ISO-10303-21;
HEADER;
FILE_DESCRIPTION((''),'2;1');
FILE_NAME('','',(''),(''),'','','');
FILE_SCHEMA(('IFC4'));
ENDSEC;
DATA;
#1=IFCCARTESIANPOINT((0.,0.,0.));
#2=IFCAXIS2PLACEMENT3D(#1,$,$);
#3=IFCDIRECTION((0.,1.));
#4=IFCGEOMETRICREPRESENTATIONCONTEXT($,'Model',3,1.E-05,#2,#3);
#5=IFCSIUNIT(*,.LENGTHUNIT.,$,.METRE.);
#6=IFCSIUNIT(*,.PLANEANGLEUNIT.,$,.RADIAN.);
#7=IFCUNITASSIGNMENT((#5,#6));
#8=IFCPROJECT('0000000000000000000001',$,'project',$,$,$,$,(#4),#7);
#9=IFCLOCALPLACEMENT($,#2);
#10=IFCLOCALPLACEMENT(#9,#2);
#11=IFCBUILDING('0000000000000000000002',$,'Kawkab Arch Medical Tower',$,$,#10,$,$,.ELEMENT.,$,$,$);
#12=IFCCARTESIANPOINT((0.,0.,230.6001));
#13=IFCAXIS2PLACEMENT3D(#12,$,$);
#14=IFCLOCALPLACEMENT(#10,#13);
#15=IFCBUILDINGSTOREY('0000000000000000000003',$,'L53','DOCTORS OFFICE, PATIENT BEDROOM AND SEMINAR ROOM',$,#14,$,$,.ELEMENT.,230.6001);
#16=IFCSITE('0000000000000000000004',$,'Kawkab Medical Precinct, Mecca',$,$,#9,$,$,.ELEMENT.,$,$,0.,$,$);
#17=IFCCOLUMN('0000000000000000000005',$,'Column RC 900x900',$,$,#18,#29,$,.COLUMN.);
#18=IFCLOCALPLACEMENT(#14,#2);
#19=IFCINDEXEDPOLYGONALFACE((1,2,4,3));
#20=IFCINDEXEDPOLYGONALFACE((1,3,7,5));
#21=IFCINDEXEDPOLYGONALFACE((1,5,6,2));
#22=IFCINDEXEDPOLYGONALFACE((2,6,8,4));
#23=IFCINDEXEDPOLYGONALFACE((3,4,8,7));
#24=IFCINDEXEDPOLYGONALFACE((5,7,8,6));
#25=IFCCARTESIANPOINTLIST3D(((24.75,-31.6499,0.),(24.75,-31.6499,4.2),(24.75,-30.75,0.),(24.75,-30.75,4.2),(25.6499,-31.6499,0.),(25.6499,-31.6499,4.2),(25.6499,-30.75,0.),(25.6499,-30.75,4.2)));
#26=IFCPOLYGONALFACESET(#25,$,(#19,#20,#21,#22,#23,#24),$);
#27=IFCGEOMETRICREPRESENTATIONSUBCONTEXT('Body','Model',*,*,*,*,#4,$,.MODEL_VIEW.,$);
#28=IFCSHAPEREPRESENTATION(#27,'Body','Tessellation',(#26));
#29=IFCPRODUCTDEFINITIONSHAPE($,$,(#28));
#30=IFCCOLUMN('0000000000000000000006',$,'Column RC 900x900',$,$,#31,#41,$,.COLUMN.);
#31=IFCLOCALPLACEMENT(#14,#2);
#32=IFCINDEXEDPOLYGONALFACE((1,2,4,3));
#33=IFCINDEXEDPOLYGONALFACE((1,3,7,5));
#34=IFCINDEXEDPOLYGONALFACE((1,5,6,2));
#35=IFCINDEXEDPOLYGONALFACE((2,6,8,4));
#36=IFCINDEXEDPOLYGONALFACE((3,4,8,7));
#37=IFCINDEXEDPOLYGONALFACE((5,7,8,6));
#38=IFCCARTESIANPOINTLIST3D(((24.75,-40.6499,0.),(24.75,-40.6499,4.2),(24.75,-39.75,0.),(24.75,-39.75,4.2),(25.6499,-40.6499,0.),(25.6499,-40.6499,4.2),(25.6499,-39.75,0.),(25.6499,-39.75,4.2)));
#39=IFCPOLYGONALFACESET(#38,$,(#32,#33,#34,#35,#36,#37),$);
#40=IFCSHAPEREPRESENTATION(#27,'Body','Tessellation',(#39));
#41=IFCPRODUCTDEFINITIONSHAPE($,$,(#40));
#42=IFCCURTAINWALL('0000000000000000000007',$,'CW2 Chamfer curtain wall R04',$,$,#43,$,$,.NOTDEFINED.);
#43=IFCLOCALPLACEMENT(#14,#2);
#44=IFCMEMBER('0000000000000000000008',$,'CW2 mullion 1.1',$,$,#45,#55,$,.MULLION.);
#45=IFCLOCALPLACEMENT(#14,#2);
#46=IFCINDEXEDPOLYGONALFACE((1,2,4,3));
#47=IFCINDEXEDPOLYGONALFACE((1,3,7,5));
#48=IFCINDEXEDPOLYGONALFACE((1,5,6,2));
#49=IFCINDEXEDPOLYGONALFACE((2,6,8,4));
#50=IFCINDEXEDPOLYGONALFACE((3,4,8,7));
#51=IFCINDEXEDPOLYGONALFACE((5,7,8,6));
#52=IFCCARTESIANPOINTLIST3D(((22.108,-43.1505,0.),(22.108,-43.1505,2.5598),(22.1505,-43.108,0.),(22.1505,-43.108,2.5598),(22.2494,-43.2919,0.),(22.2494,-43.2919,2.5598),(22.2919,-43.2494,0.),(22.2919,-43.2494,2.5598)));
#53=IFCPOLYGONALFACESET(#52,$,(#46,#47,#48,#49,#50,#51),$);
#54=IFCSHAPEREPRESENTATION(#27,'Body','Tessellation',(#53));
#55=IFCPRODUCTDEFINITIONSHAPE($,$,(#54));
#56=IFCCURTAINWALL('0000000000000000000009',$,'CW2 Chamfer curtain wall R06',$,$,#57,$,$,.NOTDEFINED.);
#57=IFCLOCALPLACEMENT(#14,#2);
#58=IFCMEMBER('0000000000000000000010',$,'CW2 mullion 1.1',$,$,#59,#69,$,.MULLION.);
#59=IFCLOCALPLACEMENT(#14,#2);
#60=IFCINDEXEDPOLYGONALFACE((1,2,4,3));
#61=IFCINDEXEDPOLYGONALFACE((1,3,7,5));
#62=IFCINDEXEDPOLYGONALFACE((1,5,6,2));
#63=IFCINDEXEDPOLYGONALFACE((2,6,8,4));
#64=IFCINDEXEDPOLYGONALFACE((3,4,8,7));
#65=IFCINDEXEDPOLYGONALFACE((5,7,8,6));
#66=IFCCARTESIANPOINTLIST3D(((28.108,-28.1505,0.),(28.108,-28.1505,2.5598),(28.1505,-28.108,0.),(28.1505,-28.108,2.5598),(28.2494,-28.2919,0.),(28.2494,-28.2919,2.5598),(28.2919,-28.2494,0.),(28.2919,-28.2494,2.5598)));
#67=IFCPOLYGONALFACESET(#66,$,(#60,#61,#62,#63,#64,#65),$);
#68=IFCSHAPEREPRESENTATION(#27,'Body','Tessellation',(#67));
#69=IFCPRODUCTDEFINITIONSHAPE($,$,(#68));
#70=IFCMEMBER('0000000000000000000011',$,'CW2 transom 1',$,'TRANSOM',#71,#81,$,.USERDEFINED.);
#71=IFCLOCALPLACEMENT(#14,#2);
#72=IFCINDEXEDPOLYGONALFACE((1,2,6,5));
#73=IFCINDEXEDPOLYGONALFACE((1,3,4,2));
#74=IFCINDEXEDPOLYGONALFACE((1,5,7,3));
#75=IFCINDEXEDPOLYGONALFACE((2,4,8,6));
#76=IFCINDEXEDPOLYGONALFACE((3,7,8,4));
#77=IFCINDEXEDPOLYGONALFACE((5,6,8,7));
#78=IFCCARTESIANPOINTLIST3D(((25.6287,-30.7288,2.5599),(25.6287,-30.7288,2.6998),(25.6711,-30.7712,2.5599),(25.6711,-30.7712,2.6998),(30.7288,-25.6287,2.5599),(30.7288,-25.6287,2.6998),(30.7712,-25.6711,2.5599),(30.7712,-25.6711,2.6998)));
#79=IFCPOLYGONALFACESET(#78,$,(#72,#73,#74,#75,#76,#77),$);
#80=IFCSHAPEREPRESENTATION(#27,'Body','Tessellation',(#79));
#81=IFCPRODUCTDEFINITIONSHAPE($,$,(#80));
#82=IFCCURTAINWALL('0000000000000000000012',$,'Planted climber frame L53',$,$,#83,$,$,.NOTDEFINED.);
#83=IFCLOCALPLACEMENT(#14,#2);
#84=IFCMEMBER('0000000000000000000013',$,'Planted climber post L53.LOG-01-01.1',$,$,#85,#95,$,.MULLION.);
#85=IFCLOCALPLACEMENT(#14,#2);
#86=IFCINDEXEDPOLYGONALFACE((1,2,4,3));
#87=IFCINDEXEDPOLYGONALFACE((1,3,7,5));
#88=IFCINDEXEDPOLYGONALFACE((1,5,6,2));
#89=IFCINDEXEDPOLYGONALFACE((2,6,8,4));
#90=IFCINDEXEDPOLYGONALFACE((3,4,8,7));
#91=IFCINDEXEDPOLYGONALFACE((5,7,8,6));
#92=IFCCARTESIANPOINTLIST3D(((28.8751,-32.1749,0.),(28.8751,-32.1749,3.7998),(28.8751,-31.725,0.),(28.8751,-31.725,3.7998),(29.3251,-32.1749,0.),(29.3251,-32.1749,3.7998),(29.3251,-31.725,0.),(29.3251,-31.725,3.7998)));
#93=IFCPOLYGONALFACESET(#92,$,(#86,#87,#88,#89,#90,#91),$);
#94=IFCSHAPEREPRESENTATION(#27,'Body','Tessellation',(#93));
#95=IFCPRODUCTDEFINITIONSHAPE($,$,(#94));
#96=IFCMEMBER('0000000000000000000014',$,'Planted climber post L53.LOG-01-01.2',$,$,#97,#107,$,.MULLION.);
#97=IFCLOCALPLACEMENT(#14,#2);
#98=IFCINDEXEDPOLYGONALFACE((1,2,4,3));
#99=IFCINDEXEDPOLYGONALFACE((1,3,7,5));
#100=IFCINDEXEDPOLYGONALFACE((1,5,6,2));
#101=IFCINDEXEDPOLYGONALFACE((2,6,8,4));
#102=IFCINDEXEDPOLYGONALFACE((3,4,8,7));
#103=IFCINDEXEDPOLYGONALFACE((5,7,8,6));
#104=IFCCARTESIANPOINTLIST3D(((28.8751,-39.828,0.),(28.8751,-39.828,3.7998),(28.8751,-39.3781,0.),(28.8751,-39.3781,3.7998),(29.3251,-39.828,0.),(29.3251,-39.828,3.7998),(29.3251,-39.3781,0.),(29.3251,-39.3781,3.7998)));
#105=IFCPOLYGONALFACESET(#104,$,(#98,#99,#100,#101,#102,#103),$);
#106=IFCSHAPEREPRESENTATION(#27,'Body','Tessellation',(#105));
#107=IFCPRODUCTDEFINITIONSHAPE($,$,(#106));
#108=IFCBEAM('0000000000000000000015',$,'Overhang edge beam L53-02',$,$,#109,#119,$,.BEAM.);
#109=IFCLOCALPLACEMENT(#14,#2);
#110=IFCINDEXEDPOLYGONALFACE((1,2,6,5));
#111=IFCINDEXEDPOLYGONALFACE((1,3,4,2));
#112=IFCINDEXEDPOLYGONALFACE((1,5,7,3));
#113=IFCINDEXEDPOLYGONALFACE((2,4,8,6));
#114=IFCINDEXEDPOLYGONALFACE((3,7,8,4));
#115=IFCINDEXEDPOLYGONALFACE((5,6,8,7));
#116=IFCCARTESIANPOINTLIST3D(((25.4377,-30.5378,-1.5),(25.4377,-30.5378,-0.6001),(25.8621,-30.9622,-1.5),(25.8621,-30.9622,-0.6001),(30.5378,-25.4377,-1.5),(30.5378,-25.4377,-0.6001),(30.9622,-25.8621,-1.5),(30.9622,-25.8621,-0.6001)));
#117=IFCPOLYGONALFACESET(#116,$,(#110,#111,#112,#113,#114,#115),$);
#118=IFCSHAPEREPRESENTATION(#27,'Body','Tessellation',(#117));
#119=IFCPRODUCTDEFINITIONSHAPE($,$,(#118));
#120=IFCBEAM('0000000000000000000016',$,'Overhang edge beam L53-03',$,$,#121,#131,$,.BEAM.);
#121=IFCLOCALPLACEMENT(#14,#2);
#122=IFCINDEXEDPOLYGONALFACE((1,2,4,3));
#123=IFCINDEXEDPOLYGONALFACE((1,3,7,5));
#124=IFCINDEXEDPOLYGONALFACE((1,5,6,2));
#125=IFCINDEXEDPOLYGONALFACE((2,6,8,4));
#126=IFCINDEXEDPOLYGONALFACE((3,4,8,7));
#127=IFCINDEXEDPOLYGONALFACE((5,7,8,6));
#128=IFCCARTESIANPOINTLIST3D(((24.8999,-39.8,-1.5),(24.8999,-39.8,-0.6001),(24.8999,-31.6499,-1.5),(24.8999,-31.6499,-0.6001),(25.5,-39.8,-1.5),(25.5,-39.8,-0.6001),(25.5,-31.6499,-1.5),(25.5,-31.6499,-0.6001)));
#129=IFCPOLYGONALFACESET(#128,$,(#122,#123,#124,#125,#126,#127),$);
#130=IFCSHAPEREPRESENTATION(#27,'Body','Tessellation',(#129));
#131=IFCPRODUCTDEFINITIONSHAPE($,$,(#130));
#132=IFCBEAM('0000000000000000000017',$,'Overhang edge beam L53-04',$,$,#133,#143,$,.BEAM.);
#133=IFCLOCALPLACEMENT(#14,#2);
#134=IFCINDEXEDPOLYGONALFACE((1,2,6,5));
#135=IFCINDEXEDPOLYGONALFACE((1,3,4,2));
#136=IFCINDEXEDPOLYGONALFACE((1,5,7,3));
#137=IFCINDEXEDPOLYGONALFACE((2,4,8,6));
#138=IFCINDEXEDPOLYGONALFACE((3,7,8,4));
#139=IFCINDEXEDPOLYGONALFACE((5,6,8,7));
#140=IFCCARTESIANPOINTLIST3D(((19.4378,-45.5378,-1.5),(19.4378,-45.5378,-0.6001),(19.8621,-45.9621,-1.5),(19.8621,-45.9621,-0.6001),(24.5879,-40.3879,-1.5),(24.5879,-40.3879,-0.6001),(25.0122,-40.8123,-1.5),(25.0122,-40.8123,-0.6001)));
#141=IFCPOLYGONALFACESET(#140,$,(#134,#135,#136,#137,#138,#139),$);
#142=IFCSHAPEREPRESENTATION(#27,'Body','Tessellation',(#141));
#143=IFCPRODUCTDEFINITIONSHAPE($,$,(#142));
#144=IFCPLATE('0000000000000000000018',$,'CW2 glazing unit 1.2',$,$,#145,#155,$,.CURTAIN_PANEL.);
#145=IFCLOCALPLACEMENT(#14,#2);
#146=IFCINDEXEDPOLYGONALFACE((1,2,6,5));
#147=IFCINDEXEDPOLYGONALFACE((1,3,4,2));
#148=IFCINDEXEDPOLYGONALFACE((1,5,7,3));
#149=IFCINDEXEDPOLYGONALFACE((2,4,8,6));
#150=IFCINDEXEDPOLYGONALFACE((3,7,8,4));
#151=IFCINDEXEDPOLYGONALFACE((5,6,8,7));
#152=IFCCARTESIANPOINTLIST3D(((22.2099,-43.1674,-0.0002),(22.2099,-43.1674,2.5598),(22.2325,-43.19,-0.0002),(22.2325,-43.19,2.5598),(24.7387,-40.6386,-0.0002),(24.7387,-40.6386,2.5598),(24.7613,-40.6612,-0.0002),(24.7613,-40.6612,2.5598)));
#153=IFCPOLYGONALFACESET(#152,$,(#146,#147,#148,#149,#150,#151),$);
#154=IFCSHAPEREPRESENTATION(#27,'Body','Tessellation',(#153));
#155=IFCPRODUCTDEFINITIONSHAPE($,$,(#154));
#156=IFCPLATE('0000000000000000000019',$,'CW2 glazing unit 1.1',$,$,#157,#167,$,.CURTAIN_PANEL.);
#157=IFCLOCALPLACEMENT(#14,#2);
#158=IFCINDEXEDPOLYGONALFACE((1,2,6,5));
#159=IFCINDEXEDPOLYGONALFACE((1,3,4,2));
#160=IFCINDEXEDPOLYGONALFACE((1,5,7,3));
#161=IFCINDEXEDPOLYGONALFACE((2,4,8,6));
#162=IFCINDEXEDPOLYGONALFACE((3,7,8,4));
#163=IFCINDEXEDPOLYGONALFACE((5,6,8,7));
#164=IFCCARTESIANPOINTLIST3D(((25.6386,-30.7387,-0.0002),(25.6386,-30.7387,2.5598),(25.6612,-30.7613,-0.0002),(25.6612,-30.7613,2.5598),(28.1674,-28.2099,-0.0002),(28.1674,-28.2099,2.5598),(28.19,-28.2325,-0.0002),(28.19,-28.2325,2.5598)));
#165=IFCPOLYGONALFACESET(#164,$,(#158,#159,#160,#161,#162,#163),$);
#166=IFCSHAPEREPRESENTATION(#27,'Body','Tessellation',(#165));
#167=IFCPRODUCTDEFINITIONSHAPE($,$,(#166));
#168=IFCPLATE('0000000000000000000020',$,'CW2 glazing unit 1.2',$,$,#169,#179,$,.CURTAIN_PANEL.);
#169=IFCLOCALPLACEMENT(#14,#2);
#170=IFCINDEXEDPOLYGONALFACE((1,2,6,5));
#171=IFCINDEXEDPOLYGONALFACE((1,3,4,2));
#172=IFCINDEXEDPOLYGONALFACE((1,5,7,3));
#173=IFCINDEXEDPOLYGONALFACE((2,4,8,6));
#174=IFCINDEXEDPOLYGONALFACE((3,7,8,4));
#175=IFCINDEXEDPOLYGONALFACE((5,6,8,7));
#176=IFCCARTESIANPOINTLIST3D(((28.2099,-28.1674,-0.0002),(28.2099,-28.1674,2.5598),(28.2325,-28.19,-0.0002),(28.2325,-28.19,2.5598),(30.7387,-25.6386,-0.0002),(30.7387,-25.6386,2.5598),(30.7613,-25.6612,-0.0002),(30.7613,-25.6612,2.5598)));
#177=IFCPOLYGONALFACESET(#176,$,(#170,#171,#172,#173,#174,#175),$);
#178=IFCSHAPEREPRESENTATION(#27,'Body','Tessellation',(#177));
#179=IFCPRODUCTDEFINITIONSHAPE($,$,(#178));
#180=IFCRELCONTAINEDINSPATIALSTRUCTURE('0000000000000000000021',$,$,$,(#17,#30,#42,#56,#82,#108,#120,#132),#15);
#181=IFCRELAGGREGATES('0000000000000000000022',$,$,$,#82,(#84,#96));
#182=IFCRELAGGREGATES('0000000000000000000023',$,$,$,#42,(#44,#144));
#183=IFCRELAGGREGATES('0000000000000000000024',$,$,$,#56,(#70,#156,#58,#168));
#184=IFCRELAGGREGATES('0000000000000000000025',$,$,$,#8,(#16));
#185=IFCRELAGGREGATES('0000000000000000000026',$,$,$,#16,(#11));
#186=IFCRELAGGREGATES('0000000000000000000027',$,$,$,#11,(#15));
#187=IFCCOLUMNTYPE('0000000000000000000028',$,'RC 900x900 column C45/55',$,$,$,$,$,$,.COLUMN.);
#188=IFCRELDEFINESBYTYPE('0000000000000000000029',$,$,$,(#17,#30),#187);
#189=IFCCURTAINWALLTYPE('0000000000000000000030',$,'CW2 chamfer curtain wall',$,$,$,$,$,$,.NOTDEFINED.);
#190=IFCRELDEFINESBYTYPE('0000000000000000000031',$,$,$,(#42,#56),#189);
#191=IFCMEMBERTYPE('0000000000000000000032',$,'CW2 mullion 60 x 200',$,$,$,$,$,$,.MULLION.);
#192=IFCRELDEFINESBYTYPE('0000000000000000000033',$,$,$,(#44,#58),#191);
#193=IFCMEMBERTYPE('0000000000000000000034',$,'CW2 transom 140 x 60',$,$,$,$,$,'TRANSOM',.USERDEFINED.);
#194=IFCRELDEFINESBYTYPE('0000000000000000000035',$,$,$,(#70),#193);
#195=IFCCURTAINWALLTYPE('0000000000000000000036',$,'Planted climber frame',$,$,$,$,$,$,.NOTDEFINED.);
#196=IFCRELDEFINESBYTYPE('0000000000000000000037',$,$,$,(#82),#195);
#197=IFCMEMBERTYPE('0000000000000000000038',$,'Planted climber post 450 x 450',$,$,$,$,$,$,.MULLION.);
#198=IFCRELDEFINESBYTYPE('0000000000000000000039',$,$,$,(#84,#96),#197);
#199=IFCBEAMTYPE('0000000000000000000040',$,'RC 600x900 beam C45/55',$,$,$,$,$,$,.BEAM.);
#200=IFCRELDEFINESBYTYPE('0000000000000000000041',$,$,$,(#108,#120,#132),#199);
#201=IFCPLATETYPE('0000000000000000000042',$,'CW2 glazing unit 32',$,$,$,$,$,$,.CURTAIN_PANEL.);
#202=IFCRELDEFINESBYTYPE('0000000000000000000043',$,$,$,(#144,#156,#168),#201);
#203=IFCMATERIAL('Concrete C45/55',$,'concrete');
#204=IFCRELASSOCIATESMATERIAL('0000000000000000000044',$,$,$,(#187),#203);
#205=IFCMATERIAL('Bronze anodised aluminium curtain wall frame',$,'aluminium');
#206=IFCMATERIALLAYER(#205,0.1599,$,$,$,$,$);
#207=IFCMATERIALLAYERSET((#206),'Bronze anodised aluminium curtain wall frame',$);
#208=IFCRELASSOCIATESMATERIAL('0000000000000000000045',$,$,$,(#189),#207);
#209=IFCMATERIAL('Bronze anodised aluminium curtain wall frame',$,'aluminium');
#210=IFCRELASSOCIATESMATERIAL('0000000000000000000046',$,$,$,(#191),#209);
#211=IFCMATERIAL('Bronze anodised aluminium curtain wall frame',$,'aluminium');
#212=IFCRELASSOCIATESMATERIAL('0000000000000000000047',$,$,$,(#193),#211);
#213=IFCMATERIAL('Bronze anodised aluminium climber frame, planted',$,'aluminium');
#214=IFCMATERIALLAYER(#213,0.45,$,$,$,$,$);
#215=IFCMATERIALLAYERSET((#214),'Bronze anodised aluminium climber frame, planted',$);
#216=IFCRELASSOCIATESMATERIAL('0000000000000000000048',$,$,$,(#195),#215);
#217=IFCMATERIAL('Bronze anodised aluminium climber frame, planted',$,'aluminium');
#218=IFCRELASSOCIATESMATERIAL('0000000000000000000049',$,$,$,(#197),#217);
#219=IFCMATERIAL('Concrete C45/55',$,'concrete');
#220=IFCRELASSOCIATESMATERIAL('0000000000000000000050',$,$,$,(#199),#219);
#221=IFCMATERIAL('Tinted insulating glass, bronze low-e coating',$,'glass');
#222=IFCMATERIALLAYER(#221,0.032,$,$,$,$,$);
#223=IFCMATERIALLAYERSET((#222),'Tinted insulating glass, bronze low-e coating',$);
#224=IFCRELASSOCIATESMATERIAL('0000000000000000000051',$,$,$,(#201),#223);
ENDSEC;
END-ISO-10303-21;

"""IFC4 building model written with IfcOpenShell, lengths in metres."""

from ifc_helpers import new_model, si_unit, direction, frame, origin, origin_2d, place, context, subcontext, project, spatial, rectangle, extrude, material, layer, layer_set, material_profile, profile_set, type_object, element, aggregate, save


model = new_model("IFC4")

# Units and contexts
model_context = context("Model", 3, precision=1e-05, world=origin(), true_north=direction((0.0, 1.0)))
body_context = subcontext(model_context, "Body", "Model", "MODEL_VIEW")
ifc_project = project(units=[si_unit("LENGTHUNIT", "METRE"), si_unit("PLANEANGLEUNIT", "RADIAN")], contexts=[model_context])

# Site, building, storey
site_placement = place(None, origin())
site = spatial("IfcSite", under=ifc_project, at=site_placement, Name="Kawkab Medical Precinct, Mecca", CompositionType="ELEMENT", RefElevation=0.0)
building_placement = place(site_placement, origin())
building = spatial("IfcBuilding", under=site, at=building_placement, Name="Kawkab Arch Medical Tower", CompositionType="ELEMENT")
storey_placement = place(building_placement, frame((0.0, 0.0, 230.6001)))
storey = spatial("IfcBuildingStorey", under=building, at=storey_placement, Name="L53", Description="DOCTORS OFFICE, PATIENT BEDROOM AND SEMINAR ROOM", CompositionType="ELEMENT", Elevation=230.6001)

# Columns
ifc_material_1 = material(Name="Concrete C45/55", Category="concrete")
ifc_material_profile_1 = material_profile(ifc_material_1, rectangle(XDim=0.8999, YDim=0.8999, at=origin_2d()), Name="RC 900x900")
ifc_profile_set_1 = profile_set([ifc_material_profile_1], Name="Concrete C45/55")
column_type = type_object("IfcColumnType", Name="RC 900x900 column C45/55", PredefinedType="COLUMN", material=ifc_profile_set_1)
for number, where, z_axis, x_axis, name in (
    (1, (25.2, -31.2, 0.0), (0.0, 0.0, 1.0), (1.0, 0.0, 0.0), "Column RC 900x900"),
    (2, (25.2, -40.2, 0.0), (0.0, 0.0, 1.0), (1.0, 0.0, 0.0), "Column RC 900x900"),
):
    element("IfcColumn", number, at=place(storey_placement, frame(where, z_axis=z_axis, x_axis=x_axis)), inside=storey, type_object=column_type, Name=name, PredefinedType="COLUMN", context=body_context, shape_type="SweptSolid", body=[
        extrude(rectangle(XDim=0.8999, YDim=0.8999, at=origin_2d()), origin(), (0.0, 0.0, 1.0), 4.2),
    ])

# Curtain wall, member
ifc_material_2 = material(Name="Bronze anodised aluminium curtain wall frame", Category="aluminium")
ifc_layer_1 = layer(ifc_material_2, 0.1599)
ifc_layer_set_1 = layer_set([ifc_layer_1], Name="Bronze anodised aluminium curtain wall frame")
curtain_wall_type_1 = type_object("IfcCurtainWallType", Name="CW2 chamfer curtain wall", PredefinedType="NOTDEFINED", material=ifc_layer_set_1)
placement = place(storey_placement, origin())
curtain_wall_1 = element("IfcCurtainWall", 3, at=placement, inside=storey, type_object=curtain_wall_type_1, Name="CW2 Chamfer curtain wall R04", PredefinedType="NOTDEFINED")
ifc_material_3 = material(Name="Bronze anodised aluminium curtain wall frame", Category="aluminium")
ifc_material_profile_2 = material_profile(ifc_material_3, rectangle(XDim=0.2, YDim=0.0601, at=origin_2d()), Name="AL 60x200")
ifc_profile_set_2 = profile_set([ifc_material_profile_2], Name="Bronze anodised aluminium curtain wall frame")
member_type_1 = type_object("IfcMemberType", Name="CW2 mullion 60 x 200", PredefinedType="MULLION", material=ifc_profile_set_2)
member_1_placement = place(storey_placement, frame((22.2, -43.2, 0.0), z_axis=(0.0, 0.0, 1.0), x_axis=(-0.707107, 0.707107, 0.0)))
member_1 = element("IfcMember", 4, at=member_1_placement, type_object=member_type_1, Name="CW2 mullion 1.1", PredefinedType="MULLION", context=body_context, shape_type="SweptSolid", body=[
    extrude(rectangle(XDim=0.2, YDim=0.0601, at=origin_2d()), origin(), (0.0, 0.0, 1.0), 2.5598),
])

# Curtain walls, members
curtain_wall_2 = element("IfcCurtainWall", 5, at=placement, inside=storey, type_object=curtain_wall_type_1, Name="CW2 Chamfer curtain wall R06", PredefinedType="NOTDEFINED")
member_2_placement = place(storey_placement, frame((28.2, -28.2, 0.0), z_axis=(0.0, 0.0, 1.0), x_axis=(-0.707107, 0.707107, 0.0)))
member_2 = element("IfcMember", 6, at=member_2_placement, type_object=member_type_1, Name="CW2 mullion 1.1", PredefinedType="MULLION", context=body_context, shape_type="SweptSolid", body=[
    extrude(rectangle(XDim=0.2, YDim=0.0601, at=origin_2d()), origin(), (0.0, 0.0, 1.0), 2.5598),
])
ifc_material_4 = material(Name="Bronze anodised aluminium curtain wall frame", Category="aluminium")
ifc_material_profile_3 = material_profile(ifc_material_4, rectangle(XDim=0.0601, YDim=0.1399, at=origin_2d()), Name="AL 60x140")
ifc_profile_set_3 = profile_set([ifc_material_profile_3], Name="Bronze anodised aluminium curtain wall frame")
member_type_2 = type_object("IfcMemberType", Name="CW2 transom 140 x 60", ElementType="TRANSOM", PredefinedType="USERDEFINED", material=ifc_profile_set_3)
member_3_placement = place(storey_placement, frame((25.6499, -30.75, 2.6299), z_axis=(0.707107, 0.707107, 0.0), x_axis=(-0.707107, 0.707107, 0.0)))
member_3 = element("IfcMember", 7, at=member_3_placement, type_object=member_type_2, Name="CW2 transom 1", ObjectType="TRANSOM", PredefinedType="USERDEFINED", context=body_context, shape_type="SweptSolid", body=[
    extrude(rectangle(XDim=0.0601, YDim=0.1399, at=origin_2d()), origin(), (0.0, 0.0, 1.0), 7.2126),
])
ifc_material_5 = material(Name="Bronze anodised aluminium climber frame, planted", Category="aluminium")
ifc_layer_2 = layer(ifc_material_5, 0.45)
ifc_layer_set_2 = layer_set([ifc_layer_2], Name="Bronze anodised aluminium climber frame, planted")
curtain_wall_type_2 = type_object("IfcCurtainWallType", Name="Planted climber frame", PredefinedType="NOTDEFINED", material=ifc_layer_set_2)
curtain_wall_3 = element("IfcCurtainWall", 8, at=placement, inside=storey, type_object=curtain_wall_type_2, Name="Planted climber frame L53", PredefinedType="NOTDEFINED")
ifc_material_6 = material(Name="Bronze anodised aluminium climber frame, planted", Category="aluminium")
ifc_material_profile_4 = material_profile(ifc_material_6, rectangle(XDim=0.45, YDim=0.45, at=origin_2d()), Name="Post 450x450")
ifc_profile_set_4 = profile_set([ifc_material_profile_4], Name="Bronze anodised aluminium climber frame, planted")
member_type_3 = type_object("IfcMemberType", Name="Planted climber post 450 x 450", PredefinedType="MULLION", material=ifc_profile_set_4)
member_4_placement = place(storey_placement, frame((29.1001, -31.95, 0.0), z_axis=(0.0, 0.0, 1.0), x_axis=(1.0, 0.0, 0.0)))
member_4 = element("IfcMember", 9, at=member_4_placement, type_object=member_type_3, Name="Planted climber post L53.LOG-01-01.1", PredefinedType="MULLION", context=body_context, shape_type="SweptSolid", body=[
    extrude(rectangle(XDim=0.45, YDim=0.45, at=origin_2d()), origin(), (0.0, 0.0, 1.0), 3.7998),
])
member_5_placement = place(storey_placement, frame((29.1001, -39.603, 0.0), z_axis=(0.0, 0.0, 1.0), x_axis=(1.0, 0.0, 0.0)))
member_5 = element("IfcMember", 10, at=member_5_placement, type_object=member_type_3, Name="Planted climber post L53.LOG-01-01.2", PredefinedType="MULLION", context=body_context, shape_type="SweptSolid", body=[
    extrude(rectangle(XDim=0.45, YDim=0.45, at=origin_2d()), origin(), (0.0, 0.0, 1.0), 3.7998),
])
aggregate(curtain_wall_3, [member_4, member_5])

# Beams
ifc_material_7 = material(Name="Concrete C45/55", Category="concrete")
ifc_material_profile_5 = material_profile(ifc_material_7, rectangle(XDim=0.6001, YDim=0.8999, at=origin_2d()), Name="RC 600x900")
ifc_profile_set_5 = profile_set([ifc_material_profile_5], Name="Concrete C45/55")
beam_type = type_object("IfcBeamType", Name="RC 600x900 beam C45/55", PredefinedType="BEAM", material=ifc_profile_set_5)
beam_1_placement = place(storey_placement, frame((30.75, -25.6499, -1.05), z_axis=(-0.707107, -0.707107, 0.0), x_axis=(0.707107, -0.707107, 0.0)))
element("IfcBeam", 11, at=beam_1_placement, inside=storey, type_object=beam_type, Name="Overhang edge beam L53-02", PredefinedType="BEAM", context=body_context, shape_type="SweptSolid", body=[
    extrude(rectangle(XDim=0.6001, YDim=0.8999, at=origin_2d()), origin(), (0.0, 0.0, 1.0), 7.2126),
])
beam_2_placement = place(storey_placement, frame((25.2, -31.6499, -1.05), z_axis=(0.0, -1.0, 0.0), x_axis=(1.0, 0.0, 0.0)))
element("IfcBeam", 12, at=beam_2_placement, inside=storey, type_object=beam_type, Name="Overhang edge beam L53-03", PredefinedType="BEAM", context=body_context, shape_type="SweptSolid", body=[
    extrude(rectangle(XDim=0.6001, YDim=0.8999, at=origin_2d()), origin(), (0.0, 0.0, 1.0), 8.1501),
])
beam_3_placement = place(storey_placement, frame((24.8, -40.6001, -1.05), z_axis=(-0.707124, -0.70709, 0.0), x_axis=(0.70709, -0.707124, 0.0)))
element("IfcBeam", 13, at=beam_3_placement, inside=storey, type_object=beam_type, Name="Overhang edge beam L53-04", PredefinedType="BEAM", context=body_context, shape_type="SweptSolid", body=[
    extrude(rectangle(XDim=0.6001, YDim=0.8999, at=origin_2d()), origin(), (0.0, 0.0, 1.0), 7.2832),
])

# Plates
ifc_material_8 = material(Name="Tinted insulating glass, bronze low-e coating", Category="glass")
ifc_layer_3 = layer(ifc_material_8, 0.032)
ifc_layer_set_3 = layer_set([ifc_layer_3], Name="Tinted insulating glass, bronze low-e coating")
plate_type = type_object("IfcPlateType", Name="CW2 glazing unit 32", PredefinedType="CURTAIN_PANEL", material=ifc_layer_set_3)
plate_1_placement = place(storey_placement, frame((23.4856, -41.9143, -0.0002), z_axis=(0.0, 0.0, 1.0), x_axis=(0.707107, 0.707107, 0.0)))
plate_1 = element("IfcPlate", 14, at=plate_1_placement, type_object=plate_type, Name="CW2 glazing unit 1.2", PredefinedType="CURTAIN_PANEL", context=body_context, shape_type="SweptSolid", body=[
    extrude(rectangle(XDim=3.5762, YDim=0.032, at=origin_2d()), origin(), (0.0, 0.0, 1.0), 2.5601),
])
aggregate(curtain_wall_1, [member_1, plate_1])
plate_2_placement = place(storey_placement, frame((26.9143, -29.4856, -0.0002), z_axis=(0.0, 0.0, 1.0), x_axis=(0.707107, 0.707107, 0.0)))
plate_2 = element("IfcPlate", 15, at=plate_2_placement, type_object=plate_type, Name="CW2 glazing unit 1.1", PredefinedType="CURTAIN_PANEL", context=body_context, shape_type="SweptSolid", body=[
    extrude(rectangle(XDim=3.5762, YDim=0.032, at=origin_2d()), origin(), (0.0, 0.0, 1.0), 2.5601),
])
plate_3_placement = place(storey_placement, frame((29.4856, -26.9143, -0.0002), z_axis=(0.0, 0.0, 1.0), x_axis=(0.707107, 0.707107, 0.0)))
plate_3 = element("IfcPlate", 16, at=plate_3_placement, type_object=plate_type, Name="CW2 glazing unit 1.2", PredefinedType="CURTAIN_PANEL", context=body_context, shape_type="SweptSolid", body=[
    extrude(rectangle(XDim=3.5762, YDim=0.032, at=origin_2d()), origin(), (0.0, 0.0, 1.0), 2.5601),
])
aggregate(curtain_wall_2, [member_3, plate_2, member_2, plate_3])

save(model, "model.ifc")
